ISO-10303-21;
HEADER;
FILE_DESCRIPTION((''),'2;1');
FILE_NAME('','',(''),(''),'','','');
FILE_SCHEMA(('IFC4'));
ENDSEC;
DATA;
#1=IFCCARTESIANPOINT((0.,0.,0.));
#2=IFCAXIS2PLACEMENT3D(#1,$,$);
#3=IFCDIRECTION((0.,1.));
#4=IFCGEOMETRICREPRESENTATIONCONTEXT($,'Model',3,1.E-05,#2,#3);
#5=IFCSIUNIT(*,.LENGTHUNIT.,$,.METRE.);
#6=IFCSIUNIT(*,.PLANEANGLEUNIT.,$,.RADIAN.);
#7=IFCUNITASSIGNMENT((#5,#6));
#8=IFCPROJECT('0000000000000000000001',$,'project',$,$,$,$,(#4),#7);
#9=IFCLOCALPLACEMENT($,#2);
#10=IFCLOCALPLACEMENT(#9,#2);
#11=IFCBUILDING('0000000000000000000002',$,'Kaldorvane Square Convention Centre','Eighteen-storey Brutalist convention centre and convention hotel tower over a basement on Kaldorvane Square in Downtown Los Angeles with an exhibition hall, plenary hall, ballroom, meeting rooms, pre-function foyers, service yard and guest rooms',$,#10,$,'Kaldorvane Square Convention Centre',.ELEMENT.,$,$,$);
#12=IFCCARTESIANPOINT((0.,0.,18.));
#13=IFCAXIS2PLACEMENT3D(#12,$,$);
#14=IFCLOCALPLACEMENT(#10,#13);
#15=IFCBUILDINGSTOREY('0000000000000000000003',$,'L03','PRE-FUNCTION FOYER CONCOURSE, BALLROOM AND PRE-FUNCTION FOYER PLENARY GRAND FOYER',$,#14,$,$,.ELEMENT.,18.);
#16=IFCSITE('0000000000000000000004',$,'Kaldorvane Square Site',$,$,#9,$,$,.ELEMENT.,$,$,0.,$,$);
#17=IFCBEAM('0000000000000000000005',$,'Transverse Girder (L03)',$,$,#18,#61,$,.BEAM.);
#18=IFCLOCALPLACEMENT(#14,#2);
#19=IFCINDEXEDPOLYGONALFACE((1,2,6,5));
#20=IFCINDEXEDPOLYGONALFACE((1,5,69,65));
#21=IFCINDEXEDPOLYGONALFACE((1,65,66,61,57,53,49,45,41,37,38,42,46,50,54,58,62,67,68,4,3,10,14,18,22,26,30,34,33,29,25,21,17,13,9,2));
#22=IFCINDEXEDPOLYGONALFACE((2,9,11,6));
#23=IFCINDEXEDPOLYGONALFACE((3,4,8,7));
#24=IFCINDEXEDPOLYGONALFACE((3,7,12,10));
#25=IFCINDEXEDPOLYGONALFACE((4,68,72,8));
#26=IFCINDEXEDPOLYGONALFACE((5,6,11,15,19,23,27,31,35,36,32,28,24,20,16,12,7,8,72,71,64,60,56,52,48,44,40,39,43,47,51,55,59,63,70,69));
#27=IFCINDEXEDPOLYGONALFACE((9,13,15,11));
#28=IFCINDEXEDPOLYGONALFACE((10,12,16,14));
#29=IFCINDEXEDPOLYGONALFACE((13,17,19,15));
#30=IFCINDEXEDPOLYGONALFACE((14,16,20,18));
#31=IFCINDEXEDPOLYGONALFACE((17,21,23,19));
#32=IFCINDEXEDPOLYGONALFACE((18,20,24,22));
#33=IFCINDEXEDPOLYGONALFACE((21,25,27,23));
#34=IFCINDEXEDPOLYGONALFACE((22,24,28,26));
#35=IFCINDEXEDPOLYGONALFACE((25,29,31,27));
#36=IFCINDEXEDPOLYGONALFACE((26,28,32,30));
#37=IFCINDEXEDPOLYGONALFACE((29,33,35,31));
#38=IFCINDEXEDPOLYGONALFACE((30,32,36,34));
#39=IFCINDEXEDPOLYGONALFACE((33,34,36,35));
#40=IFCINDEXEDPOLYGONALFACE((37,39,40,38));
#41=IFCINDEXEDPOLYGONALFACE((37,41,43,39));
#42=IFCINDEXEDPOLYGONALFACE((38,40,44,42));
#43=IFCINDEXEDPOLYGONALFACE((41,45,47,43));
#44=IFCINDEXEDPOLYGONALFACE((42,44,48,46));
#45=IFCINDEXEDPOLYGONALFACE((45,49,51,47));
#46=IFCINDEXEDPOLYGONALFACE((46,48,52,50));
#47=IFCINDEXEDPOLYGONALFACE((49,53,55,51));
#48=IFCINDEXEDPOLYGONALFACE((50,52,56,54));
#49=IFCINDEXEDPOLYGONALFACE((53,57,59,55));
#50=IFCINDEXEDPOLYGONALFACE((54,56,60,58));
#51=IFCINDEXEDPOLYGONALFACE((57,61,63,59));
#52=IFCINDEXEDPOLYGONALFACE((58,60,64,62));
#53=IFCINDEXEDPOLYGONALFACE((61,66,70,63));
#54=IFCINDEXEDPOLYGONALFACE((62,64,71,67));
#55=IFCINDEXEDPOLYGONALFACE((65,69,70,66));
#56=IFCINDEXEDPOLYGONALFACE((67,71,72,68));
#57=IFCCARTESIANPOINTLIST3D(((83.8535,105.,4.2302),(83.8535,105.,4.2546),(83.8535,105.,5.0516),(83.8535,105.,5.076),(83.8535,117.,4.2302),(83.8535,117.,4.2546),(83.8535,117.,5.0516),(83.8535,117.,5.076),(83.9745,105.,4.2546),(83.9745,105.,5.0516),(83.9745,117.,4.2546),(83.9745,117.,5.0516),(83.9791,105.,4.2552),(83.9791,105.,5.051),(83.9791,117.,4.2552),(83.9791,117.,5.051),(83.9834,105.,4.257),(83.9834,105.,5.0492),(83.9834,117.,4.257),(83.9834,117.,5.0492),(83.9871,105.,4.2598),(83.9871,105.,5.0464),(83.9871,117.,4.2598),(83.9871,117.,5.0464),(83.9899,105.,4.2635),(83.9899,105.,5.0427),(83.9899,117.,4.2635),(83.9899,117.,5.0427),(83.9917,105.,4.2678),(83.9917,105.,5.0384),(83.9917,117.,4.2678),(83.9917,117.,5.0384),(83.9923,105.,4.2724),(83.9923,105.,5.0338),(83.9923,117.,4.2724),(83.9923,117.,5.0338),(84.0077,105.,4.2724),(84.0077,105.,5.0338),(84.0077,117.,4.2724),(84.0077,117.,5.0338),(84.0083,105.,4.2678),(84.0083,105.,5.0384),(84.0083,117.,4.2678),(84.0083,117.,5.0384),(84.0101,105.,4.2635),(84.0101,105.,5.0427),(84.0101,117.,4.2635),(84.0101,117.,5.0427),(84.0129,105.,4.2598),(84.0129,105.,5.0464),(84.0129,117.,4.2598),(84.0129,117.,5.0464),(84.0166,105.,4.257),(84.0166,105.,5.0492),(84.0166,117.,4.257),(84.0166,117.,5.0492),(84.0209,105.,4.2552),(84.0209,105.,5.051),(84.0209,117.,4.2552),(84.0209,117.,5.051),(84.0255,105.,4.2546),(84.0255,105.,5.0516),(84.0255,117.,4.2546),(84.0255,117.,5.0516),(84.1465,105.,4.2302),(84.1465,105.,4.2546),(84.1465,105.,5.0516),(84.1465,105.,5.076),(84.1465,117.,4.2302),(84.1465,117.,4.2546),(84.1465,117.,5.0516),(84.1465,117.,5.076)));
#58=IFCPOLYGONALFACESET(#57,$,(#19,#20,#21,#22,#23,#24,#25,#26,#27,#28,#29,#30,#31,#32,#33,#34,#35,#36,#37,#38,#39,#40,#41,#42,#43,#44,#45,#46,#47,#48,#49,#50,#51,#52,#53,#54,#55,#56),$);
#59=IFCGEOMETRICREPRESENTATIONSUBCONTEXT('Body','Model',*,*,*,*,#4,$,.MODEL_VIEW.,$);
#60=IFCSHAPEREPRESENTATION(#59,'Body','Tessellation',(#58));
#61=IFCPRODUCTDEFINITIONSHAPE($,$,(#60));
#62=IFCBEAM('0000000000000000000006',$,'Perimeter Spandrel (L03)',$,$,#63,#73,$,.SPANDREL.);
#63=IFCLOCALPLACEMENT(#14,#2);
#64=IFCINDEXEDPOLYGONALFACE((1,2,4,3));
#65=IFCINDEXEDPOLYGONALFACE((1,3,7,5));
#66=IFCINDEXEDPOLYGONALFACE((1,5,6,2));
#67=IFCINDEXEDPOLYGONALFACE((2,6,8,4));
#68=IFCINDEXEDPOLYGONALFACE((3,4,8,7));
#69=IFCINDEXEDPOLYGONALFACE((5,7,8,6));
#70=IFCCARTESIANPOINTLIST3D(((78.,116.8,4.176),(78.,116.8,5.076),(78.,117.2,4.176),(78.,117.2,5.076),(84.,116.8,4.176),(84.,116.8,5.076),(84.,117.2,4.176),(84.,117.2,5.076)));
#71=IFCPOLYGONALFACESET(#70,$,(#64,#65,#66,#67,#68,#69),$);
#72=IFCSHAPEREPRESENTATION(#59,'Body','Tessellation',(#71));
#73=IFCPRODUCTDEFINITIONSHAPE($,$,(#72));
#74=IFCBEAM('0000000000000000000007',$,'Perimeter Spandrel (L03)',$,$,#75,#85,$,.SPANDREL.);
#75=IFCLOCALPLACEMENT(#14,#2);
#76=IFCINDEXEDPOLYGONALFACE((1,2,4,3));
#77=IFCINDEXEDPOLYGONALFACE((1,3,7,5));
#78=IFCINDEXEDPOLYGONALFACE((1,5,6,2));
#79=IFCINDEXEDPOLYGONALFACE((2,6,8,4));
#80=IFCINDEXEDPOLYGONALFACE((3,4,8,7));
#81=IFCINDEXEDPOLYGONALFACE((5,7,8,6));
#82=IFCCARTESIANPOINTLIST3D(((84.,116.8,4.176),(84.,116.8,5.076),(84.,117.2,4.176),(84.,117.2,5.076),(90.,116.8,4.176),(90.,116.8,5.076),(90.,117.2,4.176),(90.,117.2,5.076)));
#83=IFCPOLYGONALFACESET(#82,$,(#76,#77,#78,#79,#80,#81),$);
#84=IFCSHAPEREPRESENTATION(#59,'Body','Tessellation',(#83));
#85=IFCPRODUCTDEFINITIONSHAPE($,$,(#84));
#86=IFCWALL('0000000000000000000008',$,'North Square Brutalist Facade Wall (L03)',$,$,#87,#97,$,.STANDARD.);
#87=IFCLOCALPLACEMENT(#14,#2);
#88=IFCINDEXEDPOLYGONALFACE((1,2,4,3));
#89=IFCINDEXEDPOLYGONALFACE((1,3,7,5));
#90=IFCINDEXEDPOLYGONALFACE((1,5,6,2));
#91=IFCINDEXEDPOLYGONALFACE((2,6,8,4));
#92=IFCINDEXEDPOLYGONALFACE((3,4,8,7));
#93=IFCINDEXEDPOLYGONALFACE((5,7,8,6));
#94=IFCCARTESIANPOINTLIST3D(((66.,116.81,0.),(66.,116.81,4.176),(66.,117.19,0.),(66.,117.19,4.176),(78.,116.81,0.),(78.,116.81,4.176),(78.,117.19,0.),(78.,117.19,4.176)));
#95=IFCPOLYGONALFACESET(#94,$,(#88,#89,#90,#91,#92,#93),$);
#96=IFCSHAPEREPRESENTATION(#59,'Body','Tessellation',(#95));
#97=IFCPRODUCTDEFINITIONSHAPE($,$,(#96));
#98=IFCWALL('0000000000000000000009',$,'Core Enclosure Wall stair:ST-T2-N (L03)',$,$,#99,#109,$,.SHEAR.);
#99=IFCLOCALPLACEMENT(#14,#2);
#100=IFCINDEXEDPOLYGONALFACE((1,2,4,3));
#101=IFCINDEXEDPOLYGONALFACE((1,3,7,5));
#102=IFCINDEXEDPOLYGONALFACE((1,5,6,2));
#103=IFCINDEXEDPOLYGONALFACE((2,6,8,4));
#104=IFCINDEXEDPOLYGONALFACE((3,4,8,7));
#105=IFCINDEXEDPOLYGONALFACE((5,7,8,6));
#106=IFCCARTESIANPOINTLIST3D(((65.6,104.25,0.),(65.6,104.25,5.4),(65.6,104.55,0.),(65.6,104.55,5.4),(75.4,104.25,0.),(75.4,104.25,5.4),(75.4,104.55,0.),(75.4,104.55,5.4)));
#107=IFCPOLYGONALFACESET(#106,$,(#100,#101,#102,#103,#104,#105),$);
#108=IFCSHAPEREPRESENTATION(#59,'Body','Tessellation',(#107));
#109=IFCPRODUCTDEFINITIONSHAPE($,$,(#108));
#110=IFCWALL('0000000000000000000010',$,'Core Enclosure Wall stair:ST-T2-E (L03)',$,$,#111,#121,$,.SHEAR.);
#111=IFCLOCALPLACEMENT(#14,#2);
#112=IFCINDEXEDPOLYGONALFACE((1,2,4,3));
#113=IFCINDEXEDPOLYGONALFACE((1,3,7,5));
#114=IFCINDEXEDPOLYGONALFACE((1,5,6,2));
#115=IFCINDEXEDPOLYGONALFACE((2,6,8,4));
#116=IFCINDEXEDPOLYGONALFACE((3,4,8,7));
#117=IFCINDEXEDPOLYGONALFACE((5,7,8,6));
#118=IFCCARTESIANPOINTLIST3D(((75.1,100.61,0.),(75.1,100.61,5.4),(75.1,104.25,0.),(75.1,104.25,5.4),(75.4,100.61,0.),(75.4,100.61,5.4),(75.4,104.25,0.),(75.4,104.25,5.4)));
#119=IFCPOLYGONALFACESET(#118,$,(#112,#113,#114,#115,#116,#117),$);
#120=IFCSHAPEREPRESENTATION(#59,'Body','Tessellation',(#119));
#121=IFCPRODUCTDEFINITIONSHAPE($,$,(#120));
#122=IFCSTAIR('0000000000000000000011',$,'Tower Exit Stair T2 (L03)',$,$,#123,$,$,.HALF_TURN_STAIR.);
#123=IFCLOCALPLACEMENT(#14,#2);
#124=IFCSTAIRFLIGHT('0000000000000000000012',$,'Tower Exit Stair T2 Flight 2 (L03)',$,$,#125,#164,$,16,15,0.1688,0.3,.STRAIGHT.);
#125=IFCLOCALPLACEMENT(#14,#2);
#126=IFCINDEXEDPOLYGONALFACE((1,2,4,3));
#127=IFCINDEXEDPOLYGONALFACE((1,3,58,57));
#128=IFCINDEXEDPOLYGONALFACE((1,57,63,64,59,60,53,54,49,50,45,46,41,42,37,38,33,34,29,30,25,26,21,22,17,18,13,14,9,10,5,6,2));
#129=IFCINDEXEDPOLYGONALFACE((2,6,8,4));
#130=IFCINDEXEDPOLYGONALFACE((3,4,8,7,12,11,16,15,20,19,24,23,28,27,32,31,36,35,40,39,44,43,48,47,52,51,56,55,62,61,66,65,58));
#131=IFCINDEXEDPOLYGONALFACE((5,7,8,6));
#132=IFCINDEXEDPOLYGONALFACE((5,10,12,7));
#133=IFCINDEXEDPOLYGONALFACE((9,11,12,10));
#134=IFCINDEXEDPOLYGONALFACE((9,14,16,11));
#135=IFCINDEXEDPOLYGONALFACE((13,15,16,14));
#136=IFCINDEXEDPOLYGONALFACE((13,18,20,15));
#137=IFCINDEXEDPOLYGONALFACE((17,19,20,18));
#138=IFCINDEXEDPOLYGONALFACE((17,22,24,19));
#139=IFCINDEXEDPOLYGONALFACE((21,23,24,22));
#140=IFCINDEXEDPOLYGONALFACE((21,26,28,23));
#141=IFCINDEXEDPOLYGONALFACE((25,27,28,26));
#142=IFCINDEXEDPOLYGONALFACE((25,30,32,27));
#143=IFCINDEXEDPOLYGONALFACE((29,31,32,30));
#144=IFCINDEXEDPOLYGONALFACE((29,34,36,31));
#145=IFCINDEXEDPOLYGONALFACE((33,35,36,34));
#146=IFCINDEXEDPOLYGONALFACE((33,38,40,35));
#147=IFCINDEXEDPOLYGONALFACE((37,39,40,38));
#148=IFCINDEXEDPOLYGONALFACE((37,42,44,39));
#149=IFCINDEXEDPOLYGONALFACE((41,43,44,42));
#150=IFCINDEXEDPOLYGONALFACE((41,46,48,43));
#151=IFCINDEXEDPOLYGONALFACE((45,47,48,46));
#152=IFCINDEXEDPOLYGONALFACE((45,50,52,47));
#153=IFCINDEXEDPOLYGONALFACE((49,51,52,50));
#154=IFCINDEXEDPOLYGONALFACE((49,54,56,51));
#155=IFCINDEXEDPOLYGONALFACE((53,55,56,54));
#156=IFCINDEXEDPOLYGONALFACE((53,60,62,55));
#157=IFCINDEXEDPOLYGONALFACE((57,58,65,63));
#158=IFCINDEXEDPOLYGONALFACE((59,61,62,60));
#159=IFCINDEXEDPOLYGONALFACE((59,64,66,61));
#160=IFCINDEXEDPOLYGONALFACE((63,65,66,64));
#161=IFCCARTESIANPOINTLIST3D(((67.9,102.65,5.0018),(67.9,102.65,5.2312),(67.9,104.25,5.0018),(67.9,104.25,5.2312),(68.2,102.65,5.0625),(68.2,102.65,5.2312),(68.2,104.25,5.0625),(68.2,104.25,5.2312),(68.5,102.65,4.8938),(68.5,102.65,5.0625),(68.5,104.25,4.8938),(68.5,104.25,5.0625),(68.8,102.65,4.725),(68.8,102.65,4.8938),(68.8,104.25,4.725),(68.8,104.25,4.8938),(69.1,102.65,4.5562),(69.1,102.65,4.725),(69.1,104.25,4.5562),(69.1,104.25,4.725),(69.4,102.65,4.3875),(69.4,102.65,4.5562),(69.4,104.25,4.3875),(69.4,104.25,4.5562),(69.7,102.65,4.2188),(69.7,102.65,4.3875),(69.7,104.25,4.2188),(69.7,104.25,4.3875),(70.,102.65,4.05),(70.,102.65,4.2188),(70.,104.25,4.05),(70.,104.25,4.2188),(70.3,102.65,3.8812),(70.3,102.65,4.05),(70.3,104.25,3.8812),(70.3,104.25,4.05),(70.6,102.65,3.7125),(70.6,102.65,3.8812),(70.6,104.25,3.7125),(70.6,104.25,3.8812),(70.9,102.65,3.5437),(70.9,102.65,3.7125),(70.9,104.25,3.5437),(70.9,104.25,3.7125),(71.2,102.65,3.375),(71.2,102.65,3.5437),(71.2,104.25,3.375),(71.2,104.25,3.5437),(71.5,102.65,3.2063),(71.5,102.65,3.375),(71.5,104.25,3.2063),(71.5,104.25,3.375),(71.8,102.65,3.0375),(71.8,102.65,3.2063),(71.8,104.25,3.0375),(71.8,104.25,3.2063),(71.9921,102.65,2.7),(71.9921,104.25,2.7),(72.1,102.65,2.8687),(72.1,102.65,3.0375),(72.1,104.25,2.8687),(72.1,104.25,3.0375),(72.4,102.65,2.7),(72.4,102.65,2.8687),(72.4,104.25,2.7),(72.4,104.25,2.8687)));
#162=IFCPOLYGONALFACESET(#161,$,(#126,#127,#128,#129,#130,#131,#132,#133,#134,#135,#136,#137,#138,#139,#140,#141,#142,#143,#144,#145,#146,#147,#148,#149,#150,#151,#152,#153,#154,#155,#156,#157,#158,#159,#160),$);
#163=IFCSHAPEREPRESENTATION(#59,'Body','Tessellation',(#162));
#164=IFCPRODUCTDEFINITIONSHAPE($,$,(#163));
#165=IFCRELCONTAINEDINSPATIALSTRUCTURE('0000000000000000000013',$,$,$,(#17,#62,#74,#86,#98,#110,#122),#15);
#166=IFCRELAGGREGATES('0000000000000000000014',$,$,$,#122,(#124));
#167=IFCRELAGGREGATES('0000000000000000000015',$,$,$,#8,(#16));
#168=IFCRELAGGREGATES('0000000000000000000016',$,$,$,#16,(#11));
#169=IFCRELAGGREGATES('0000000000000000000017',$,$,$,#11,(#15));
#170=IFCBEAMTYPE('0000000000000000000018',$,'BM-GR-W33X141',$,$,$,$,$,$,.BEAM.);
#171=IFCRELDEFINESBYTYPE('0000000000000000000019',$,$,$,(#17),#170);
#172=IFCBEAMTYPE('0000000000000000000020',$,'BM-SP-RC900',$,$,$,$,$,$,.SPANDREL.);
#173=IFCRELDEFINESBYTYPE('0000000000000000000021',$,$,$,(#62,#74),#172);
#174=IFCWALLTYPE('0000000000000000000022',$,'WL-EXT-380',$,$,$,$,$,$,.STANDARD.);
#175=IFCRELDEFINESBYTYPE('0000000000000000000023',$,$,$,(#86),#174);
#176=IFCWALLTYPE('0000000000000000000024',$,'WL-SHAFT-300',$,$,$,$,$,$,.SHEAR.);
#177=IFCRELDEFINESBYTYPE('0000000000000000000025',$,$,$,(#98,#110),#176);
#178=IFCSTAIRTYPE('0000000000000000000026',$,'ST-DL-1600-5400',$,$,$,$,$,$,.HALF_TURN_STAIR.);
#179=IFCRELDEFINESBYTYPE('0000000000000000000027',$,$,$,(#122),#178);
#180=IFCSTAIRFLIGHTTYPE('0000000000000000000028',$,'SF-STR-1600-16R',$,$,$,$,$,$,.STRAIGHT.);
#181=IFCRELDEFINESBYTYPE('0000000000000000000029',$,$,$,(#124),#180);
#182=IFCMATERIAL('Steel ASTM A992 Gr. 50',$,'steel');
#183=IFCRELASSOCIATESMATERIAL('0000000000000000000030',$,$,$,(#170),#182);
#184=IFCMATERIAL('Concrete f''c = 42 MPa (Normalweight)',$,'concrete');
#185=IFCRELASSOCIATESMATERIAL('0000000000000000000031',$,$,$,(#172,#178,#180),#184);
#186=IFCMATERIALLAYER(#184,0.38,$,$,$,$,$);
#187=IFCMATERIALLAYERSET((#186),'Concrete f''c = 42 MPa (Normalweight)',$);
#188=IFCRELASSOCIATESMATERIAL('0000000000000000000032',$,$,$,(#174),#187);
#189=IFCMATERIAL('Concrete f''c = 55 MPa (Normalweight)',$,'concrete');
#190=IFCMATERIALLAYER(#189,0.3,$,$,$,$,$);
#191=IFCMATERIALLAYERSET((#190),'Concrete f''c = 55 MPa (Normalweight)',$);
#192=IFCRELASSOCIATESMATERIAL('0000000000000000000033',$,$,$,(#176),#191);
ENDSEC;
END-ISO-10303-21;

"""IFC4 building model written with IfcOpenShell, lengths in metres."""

from ifc_helpers import new_model, si_unit, direction, frame, frame_2d, origin, origin_2d, place, context, subcontext, project, spatial, polyline, rectangle, i_section, outline, extrude, material, layer, layer_set, material_profile, profile_set, type_object, element, aggregate, save


model = new_model("IFC4")

# Units and contexts
model_context = context("Model", 3, precision=1e-05, world=origin(), true_north=direction((0.0, 1.0)))
body_context = subcontext(model_context, "Body", "Model", "MODEL_VIEW")
ifc_project = project(units=[si_unit("LENGTHUNIT", "METRE"), si_unit("PLANEANGLEUNIT", "RADIAN")], contexts=[model_context])

# Site, building, storey
site_placement = place(None, origin())
site = spatial("IfcSite", under=ifc_project, at=site_placement, Name="Kaldorvane Square Site", CompositionType="ELEMENT", RefElevation=0.0)
building_placement = place(site_placement, origin())
building = spatial("IfcBuilding", under=site, at=building_placement, Name="Kaldorvane Square Convention Centre", Description="Eighteen-storey Brutalist convention centre and convention hotel tower over a basement on Kaldorvane Square in Downtown Los Angeles with an exhibition hall, plenary hall, ballroom, meeting rooms, pre-function foyers, service yard and guest rooms", LongName="Kaldorvane Square Convention Centre", CompositionType="ELEMENT")
storey_placement = place(building_placement, frame((0.0, 0.0, 18.0)))
storey = spatial("IfcBuildingStorey", under=building, at=storey_placement, Name="L03", Description="PRE-FUNCTION FOYER CONCOURSE, BALLROOM AND PRE-FUNCTION FOYER PLENARY GRAND FOYER", CompositionType="ELEMENT", Elevation=18.0)

# Shared definitions
ifc_material_1 = material(Name="Concrete f'c = 55 MPa (Normalweight)", Category="concrete")
ifc_material_2 = material(Name="Steel ASTM A992 Gr. 50", Category="steel")

# Beams
ifc_material_profile_1 = material_profile(ifc_material_2, i_section(OverallWidth=0.293, OverallDepth=0.8458, WebThickness=0.0154, FlangeThickness=0.0244, FilletRadius=0.0178, at=origin_2d()), Name="W33X141")
ifc_profile_set_1 = profile_set([ifc_material_profile_1], Name="Steel ASTM A992 Gr. 50")
beam_type_1 = type_object("IfcBeamType", Name="BM-GR-W33X141", PredefinedType="BEAM", material=ifc_profile_set_1)
for number, where, z_axis, x_axis, name in (
    (1, (84.0, 105.0, 4.6531), (0.0, 1.0, 0.0), (-1.0, 0.0, 0.0), "Transverse Girder (L03)"),
):
    element("IfcBeam", number, at=place(storey_placement, frame(where, z_axis=z_axis, x_axis=x_axis)), inside=storey, type_object=beam_type_1, Name=name, PredefinedType="BEAM", context=body_context, shape_type="SweptSolid", body=[
        extrude(i_section(OverallWidth=0.293, OverallDepth=0.8458, WebThickness=0.0154, FlangeThickness=0.0244, FilletRadius=0.0178, at=origin_2d()), origin(), (0.0, 0.0, 1.0), 12.0),
    ])
ifc_material_3 = material(Name="Concrete f'c = 42 MPa (Normalweight)", Category="concrete")
ifc_material_profile_2 = material_profile(ifc_material_3, rectangle(XDim=0.4, YDim=0.9, at=origin_2d()), Name="RCSP900X400")
ifc_profile_set_2 = profile_set([ifc_material_profile_2], Name="Concrete f'c = 42 MPa (Normalweight)")
beam_type_2 = type_object("IfcBeamType", Name="BM-SP-RC900", PredefinedType="SPANDREL", material=ifc_profile_set_2)
for number, where, z_axis, x_axis, name in (
    (2, (78.0, 117.0, 4.626), (1.0, 0.0, 0.0), (0.0, 1.0, 0.0), "Perimeter Spandrel (L03)"),
    (3, (84.0, 117.0, 4.626), (1.0, 0.0, 0.0), (0.0, 1.0, 0.0), "Perimeter Spandrel (L03)"),
):
    element("IfcBeam", number, at=place(storey_placement, frame(where, z_axis=z_axis, x_axis=x_axis)), inside=storey, type_object=beam_type_2, Name=name, PredefinedType="SPANDREL", context=body_context, shape_type="SweptSolid", body=[
        extrude(rectangle(XDim=0.4, YDim=0.9, at=origin_2d()), origin(), (0.0, 0.0, 1.0), 6.0),
    ])

# Walls
ifc_layer_1 = layer(ifc_material_3, 0.38)
ifc_layer_set_1 = layer_set([ifc_layer_1], Name="Concrete f'c = 42 MPa (Normalweight)")
wall_type_1 = type_object("IfcWallType", Name="WL-EXT-380", PredefinedType="STANDARD", material=ifc_layer_set_1)
wall_1_placement = place(storey_placement, frame((78.0, 117.0, 0.0), z_axis=(0.0, 0.0, 1.0), x_axis=(-1.0, 0.0, 0.0)))
element("IfcWall", 4, at=wall_1_placement, inside=storey, type_object=wall_type_1, Name="North Square Brutalist Facade Wall (L03)", PredefinedType="STANDARD", context=body_context, shape_type="SweptSolid", body=[
    extrude(rectangle(XDim=12.0, YDim=0.38, at=frame_2d((6.0, 0.0))), origin(), (0.0, 0.0, 1.0), 4.176),
])
ifc_layer_2 = layer(ifc_material_1, 0.3)
ifc_layer_set_2 = layer_set([ifc_layer_2], Name="Concrete f'c = 55 MPa (Normalweight)")
wall_type_2 = type_object("IfcWallType", Name="WL-SHAFT-300", PredefinedType="SHEAR", material=ifc_layer_set_2)
wall_2_placement = place(storey_placement, frame((75.4, 104.4, 0.0), z_axis=(0.0, 0.0, 1.0), x_axis=(-1.0, 0.0, 0.0)))
element("IfcWall", 5, at=wall_2_placement, inside=storey, type_object=wall_type_2, Name="Core Enclosure Wall stair:ST-T2-N (L03)", PredefinedType="SHEAR", context=body_context, shape_type="SweptSolid", body=[
    extrude(rectangle(XDim=9.8, YDim=0.3, at=frame_2d((4.9, 0.0))), origin(), (0.0, 0.0, 1.0), 5.4),
])
wall_3_placement = place(storey_placement, frame((75.25, 100.61, 0.0), z_axis=(0.0, 0.0, 1.0), x_axis=(0.0, 1.0, 0.0)))
element("IfcWall", 6, at=wall_3_placement, inside=storey, type_object=wall_type_2, Name="Core Enclosure Wall stair:ST-T2-E (L03)", PredefinedType="SHEAR", context=body_context, shape_type="SweptSolid", body=[
    extrude(rectangle(XDim=3.64, YDim=0.3, at=frame_2d((1.82, 0.0))), origin(), (0.0, 0.0, 1.0), 5.4),
])

# Stair, stair flight
stair_type = type_object("IfcStairType", Name="ST-DL-1600-5400", PredefinedType="HALF_TURN_STAIR", material=ifc_material_3)
stair_placement = place(storey_placement, origin())
stair = element("IfcStair", 7, at=stair_placement, inside=storey, type_object=stair_type, Name="Tower Exit Stair T2 (L03)", PredefinedType="HALF_TURN_STAIR")
stair_flight_type = type_object("IfcStairFlightType", Name="SF-STR-1600-16R", PredefinedType="STRAIGHT", material=ifc_material_3)
stair_flight_placement = place(storey_placement, frame((72.4, 103.45, 2.7), z_axis=(0.0, 0.0, 1.0), x_axis=(-1.0, 0.0, 0.0)))
stair_flight = element("IfcStairFlight", 8, at=stair_flight_placement, type_object=stair_flight_type, Name="Tower Exit Stair T2 Flight 2 (L03)", NumberOfRisers=16, NumberOfTreads=15, PredefinedType="STRAIGHT", RiserHeight=0.1688, TreadLength=0.3, context=body_context, shape_type="SweptSolid", body=[
    extrude(outline(polyline([(0.0, 0.0), (0.0, 0.1687), (0.3, 0.1687), (0.3, 0.3375), (0.6, 0.3375), (0.6, 0.5063), (0.9, 0.5063), (0.9, 0.675), (1.2, 0.675), (1.2, 0.8438), (1.5, 0.8438), (1.5, 1.0125), (1.8, 1.0125), (1.8, 1.1812), (2.1, 1.1812), (2.1, 1.35), (2.4, 1.35), (2.4, 1.5188), (2.7, 1.5188), (2.7, 1.6875), (3.0, 1.6875), (3.0, 1.8562), (3.3, 1.8562), (3.3, 2.025), (3.6, 2.025), (3.6, 2.1938), (3.9, 2.1938), (3.9, 2.3625), (4.2, 2.3625), (4.2, 2.5312), (4.5, 2.5312), (4.5, 2.7), (4.5, 2.3018), (0.4079, 0.0), (0.0, 0.0)])), frame((0.0, 0.8, 0.0), z_axis=(0.0, -1.0, 0.0), x_axis=(1.0, 0.0, 0.0)), (0.0, 0.0, 1.0), 1.6),
])
aggregate(stair, [stair_flight])

save(model, "model.ifc")
